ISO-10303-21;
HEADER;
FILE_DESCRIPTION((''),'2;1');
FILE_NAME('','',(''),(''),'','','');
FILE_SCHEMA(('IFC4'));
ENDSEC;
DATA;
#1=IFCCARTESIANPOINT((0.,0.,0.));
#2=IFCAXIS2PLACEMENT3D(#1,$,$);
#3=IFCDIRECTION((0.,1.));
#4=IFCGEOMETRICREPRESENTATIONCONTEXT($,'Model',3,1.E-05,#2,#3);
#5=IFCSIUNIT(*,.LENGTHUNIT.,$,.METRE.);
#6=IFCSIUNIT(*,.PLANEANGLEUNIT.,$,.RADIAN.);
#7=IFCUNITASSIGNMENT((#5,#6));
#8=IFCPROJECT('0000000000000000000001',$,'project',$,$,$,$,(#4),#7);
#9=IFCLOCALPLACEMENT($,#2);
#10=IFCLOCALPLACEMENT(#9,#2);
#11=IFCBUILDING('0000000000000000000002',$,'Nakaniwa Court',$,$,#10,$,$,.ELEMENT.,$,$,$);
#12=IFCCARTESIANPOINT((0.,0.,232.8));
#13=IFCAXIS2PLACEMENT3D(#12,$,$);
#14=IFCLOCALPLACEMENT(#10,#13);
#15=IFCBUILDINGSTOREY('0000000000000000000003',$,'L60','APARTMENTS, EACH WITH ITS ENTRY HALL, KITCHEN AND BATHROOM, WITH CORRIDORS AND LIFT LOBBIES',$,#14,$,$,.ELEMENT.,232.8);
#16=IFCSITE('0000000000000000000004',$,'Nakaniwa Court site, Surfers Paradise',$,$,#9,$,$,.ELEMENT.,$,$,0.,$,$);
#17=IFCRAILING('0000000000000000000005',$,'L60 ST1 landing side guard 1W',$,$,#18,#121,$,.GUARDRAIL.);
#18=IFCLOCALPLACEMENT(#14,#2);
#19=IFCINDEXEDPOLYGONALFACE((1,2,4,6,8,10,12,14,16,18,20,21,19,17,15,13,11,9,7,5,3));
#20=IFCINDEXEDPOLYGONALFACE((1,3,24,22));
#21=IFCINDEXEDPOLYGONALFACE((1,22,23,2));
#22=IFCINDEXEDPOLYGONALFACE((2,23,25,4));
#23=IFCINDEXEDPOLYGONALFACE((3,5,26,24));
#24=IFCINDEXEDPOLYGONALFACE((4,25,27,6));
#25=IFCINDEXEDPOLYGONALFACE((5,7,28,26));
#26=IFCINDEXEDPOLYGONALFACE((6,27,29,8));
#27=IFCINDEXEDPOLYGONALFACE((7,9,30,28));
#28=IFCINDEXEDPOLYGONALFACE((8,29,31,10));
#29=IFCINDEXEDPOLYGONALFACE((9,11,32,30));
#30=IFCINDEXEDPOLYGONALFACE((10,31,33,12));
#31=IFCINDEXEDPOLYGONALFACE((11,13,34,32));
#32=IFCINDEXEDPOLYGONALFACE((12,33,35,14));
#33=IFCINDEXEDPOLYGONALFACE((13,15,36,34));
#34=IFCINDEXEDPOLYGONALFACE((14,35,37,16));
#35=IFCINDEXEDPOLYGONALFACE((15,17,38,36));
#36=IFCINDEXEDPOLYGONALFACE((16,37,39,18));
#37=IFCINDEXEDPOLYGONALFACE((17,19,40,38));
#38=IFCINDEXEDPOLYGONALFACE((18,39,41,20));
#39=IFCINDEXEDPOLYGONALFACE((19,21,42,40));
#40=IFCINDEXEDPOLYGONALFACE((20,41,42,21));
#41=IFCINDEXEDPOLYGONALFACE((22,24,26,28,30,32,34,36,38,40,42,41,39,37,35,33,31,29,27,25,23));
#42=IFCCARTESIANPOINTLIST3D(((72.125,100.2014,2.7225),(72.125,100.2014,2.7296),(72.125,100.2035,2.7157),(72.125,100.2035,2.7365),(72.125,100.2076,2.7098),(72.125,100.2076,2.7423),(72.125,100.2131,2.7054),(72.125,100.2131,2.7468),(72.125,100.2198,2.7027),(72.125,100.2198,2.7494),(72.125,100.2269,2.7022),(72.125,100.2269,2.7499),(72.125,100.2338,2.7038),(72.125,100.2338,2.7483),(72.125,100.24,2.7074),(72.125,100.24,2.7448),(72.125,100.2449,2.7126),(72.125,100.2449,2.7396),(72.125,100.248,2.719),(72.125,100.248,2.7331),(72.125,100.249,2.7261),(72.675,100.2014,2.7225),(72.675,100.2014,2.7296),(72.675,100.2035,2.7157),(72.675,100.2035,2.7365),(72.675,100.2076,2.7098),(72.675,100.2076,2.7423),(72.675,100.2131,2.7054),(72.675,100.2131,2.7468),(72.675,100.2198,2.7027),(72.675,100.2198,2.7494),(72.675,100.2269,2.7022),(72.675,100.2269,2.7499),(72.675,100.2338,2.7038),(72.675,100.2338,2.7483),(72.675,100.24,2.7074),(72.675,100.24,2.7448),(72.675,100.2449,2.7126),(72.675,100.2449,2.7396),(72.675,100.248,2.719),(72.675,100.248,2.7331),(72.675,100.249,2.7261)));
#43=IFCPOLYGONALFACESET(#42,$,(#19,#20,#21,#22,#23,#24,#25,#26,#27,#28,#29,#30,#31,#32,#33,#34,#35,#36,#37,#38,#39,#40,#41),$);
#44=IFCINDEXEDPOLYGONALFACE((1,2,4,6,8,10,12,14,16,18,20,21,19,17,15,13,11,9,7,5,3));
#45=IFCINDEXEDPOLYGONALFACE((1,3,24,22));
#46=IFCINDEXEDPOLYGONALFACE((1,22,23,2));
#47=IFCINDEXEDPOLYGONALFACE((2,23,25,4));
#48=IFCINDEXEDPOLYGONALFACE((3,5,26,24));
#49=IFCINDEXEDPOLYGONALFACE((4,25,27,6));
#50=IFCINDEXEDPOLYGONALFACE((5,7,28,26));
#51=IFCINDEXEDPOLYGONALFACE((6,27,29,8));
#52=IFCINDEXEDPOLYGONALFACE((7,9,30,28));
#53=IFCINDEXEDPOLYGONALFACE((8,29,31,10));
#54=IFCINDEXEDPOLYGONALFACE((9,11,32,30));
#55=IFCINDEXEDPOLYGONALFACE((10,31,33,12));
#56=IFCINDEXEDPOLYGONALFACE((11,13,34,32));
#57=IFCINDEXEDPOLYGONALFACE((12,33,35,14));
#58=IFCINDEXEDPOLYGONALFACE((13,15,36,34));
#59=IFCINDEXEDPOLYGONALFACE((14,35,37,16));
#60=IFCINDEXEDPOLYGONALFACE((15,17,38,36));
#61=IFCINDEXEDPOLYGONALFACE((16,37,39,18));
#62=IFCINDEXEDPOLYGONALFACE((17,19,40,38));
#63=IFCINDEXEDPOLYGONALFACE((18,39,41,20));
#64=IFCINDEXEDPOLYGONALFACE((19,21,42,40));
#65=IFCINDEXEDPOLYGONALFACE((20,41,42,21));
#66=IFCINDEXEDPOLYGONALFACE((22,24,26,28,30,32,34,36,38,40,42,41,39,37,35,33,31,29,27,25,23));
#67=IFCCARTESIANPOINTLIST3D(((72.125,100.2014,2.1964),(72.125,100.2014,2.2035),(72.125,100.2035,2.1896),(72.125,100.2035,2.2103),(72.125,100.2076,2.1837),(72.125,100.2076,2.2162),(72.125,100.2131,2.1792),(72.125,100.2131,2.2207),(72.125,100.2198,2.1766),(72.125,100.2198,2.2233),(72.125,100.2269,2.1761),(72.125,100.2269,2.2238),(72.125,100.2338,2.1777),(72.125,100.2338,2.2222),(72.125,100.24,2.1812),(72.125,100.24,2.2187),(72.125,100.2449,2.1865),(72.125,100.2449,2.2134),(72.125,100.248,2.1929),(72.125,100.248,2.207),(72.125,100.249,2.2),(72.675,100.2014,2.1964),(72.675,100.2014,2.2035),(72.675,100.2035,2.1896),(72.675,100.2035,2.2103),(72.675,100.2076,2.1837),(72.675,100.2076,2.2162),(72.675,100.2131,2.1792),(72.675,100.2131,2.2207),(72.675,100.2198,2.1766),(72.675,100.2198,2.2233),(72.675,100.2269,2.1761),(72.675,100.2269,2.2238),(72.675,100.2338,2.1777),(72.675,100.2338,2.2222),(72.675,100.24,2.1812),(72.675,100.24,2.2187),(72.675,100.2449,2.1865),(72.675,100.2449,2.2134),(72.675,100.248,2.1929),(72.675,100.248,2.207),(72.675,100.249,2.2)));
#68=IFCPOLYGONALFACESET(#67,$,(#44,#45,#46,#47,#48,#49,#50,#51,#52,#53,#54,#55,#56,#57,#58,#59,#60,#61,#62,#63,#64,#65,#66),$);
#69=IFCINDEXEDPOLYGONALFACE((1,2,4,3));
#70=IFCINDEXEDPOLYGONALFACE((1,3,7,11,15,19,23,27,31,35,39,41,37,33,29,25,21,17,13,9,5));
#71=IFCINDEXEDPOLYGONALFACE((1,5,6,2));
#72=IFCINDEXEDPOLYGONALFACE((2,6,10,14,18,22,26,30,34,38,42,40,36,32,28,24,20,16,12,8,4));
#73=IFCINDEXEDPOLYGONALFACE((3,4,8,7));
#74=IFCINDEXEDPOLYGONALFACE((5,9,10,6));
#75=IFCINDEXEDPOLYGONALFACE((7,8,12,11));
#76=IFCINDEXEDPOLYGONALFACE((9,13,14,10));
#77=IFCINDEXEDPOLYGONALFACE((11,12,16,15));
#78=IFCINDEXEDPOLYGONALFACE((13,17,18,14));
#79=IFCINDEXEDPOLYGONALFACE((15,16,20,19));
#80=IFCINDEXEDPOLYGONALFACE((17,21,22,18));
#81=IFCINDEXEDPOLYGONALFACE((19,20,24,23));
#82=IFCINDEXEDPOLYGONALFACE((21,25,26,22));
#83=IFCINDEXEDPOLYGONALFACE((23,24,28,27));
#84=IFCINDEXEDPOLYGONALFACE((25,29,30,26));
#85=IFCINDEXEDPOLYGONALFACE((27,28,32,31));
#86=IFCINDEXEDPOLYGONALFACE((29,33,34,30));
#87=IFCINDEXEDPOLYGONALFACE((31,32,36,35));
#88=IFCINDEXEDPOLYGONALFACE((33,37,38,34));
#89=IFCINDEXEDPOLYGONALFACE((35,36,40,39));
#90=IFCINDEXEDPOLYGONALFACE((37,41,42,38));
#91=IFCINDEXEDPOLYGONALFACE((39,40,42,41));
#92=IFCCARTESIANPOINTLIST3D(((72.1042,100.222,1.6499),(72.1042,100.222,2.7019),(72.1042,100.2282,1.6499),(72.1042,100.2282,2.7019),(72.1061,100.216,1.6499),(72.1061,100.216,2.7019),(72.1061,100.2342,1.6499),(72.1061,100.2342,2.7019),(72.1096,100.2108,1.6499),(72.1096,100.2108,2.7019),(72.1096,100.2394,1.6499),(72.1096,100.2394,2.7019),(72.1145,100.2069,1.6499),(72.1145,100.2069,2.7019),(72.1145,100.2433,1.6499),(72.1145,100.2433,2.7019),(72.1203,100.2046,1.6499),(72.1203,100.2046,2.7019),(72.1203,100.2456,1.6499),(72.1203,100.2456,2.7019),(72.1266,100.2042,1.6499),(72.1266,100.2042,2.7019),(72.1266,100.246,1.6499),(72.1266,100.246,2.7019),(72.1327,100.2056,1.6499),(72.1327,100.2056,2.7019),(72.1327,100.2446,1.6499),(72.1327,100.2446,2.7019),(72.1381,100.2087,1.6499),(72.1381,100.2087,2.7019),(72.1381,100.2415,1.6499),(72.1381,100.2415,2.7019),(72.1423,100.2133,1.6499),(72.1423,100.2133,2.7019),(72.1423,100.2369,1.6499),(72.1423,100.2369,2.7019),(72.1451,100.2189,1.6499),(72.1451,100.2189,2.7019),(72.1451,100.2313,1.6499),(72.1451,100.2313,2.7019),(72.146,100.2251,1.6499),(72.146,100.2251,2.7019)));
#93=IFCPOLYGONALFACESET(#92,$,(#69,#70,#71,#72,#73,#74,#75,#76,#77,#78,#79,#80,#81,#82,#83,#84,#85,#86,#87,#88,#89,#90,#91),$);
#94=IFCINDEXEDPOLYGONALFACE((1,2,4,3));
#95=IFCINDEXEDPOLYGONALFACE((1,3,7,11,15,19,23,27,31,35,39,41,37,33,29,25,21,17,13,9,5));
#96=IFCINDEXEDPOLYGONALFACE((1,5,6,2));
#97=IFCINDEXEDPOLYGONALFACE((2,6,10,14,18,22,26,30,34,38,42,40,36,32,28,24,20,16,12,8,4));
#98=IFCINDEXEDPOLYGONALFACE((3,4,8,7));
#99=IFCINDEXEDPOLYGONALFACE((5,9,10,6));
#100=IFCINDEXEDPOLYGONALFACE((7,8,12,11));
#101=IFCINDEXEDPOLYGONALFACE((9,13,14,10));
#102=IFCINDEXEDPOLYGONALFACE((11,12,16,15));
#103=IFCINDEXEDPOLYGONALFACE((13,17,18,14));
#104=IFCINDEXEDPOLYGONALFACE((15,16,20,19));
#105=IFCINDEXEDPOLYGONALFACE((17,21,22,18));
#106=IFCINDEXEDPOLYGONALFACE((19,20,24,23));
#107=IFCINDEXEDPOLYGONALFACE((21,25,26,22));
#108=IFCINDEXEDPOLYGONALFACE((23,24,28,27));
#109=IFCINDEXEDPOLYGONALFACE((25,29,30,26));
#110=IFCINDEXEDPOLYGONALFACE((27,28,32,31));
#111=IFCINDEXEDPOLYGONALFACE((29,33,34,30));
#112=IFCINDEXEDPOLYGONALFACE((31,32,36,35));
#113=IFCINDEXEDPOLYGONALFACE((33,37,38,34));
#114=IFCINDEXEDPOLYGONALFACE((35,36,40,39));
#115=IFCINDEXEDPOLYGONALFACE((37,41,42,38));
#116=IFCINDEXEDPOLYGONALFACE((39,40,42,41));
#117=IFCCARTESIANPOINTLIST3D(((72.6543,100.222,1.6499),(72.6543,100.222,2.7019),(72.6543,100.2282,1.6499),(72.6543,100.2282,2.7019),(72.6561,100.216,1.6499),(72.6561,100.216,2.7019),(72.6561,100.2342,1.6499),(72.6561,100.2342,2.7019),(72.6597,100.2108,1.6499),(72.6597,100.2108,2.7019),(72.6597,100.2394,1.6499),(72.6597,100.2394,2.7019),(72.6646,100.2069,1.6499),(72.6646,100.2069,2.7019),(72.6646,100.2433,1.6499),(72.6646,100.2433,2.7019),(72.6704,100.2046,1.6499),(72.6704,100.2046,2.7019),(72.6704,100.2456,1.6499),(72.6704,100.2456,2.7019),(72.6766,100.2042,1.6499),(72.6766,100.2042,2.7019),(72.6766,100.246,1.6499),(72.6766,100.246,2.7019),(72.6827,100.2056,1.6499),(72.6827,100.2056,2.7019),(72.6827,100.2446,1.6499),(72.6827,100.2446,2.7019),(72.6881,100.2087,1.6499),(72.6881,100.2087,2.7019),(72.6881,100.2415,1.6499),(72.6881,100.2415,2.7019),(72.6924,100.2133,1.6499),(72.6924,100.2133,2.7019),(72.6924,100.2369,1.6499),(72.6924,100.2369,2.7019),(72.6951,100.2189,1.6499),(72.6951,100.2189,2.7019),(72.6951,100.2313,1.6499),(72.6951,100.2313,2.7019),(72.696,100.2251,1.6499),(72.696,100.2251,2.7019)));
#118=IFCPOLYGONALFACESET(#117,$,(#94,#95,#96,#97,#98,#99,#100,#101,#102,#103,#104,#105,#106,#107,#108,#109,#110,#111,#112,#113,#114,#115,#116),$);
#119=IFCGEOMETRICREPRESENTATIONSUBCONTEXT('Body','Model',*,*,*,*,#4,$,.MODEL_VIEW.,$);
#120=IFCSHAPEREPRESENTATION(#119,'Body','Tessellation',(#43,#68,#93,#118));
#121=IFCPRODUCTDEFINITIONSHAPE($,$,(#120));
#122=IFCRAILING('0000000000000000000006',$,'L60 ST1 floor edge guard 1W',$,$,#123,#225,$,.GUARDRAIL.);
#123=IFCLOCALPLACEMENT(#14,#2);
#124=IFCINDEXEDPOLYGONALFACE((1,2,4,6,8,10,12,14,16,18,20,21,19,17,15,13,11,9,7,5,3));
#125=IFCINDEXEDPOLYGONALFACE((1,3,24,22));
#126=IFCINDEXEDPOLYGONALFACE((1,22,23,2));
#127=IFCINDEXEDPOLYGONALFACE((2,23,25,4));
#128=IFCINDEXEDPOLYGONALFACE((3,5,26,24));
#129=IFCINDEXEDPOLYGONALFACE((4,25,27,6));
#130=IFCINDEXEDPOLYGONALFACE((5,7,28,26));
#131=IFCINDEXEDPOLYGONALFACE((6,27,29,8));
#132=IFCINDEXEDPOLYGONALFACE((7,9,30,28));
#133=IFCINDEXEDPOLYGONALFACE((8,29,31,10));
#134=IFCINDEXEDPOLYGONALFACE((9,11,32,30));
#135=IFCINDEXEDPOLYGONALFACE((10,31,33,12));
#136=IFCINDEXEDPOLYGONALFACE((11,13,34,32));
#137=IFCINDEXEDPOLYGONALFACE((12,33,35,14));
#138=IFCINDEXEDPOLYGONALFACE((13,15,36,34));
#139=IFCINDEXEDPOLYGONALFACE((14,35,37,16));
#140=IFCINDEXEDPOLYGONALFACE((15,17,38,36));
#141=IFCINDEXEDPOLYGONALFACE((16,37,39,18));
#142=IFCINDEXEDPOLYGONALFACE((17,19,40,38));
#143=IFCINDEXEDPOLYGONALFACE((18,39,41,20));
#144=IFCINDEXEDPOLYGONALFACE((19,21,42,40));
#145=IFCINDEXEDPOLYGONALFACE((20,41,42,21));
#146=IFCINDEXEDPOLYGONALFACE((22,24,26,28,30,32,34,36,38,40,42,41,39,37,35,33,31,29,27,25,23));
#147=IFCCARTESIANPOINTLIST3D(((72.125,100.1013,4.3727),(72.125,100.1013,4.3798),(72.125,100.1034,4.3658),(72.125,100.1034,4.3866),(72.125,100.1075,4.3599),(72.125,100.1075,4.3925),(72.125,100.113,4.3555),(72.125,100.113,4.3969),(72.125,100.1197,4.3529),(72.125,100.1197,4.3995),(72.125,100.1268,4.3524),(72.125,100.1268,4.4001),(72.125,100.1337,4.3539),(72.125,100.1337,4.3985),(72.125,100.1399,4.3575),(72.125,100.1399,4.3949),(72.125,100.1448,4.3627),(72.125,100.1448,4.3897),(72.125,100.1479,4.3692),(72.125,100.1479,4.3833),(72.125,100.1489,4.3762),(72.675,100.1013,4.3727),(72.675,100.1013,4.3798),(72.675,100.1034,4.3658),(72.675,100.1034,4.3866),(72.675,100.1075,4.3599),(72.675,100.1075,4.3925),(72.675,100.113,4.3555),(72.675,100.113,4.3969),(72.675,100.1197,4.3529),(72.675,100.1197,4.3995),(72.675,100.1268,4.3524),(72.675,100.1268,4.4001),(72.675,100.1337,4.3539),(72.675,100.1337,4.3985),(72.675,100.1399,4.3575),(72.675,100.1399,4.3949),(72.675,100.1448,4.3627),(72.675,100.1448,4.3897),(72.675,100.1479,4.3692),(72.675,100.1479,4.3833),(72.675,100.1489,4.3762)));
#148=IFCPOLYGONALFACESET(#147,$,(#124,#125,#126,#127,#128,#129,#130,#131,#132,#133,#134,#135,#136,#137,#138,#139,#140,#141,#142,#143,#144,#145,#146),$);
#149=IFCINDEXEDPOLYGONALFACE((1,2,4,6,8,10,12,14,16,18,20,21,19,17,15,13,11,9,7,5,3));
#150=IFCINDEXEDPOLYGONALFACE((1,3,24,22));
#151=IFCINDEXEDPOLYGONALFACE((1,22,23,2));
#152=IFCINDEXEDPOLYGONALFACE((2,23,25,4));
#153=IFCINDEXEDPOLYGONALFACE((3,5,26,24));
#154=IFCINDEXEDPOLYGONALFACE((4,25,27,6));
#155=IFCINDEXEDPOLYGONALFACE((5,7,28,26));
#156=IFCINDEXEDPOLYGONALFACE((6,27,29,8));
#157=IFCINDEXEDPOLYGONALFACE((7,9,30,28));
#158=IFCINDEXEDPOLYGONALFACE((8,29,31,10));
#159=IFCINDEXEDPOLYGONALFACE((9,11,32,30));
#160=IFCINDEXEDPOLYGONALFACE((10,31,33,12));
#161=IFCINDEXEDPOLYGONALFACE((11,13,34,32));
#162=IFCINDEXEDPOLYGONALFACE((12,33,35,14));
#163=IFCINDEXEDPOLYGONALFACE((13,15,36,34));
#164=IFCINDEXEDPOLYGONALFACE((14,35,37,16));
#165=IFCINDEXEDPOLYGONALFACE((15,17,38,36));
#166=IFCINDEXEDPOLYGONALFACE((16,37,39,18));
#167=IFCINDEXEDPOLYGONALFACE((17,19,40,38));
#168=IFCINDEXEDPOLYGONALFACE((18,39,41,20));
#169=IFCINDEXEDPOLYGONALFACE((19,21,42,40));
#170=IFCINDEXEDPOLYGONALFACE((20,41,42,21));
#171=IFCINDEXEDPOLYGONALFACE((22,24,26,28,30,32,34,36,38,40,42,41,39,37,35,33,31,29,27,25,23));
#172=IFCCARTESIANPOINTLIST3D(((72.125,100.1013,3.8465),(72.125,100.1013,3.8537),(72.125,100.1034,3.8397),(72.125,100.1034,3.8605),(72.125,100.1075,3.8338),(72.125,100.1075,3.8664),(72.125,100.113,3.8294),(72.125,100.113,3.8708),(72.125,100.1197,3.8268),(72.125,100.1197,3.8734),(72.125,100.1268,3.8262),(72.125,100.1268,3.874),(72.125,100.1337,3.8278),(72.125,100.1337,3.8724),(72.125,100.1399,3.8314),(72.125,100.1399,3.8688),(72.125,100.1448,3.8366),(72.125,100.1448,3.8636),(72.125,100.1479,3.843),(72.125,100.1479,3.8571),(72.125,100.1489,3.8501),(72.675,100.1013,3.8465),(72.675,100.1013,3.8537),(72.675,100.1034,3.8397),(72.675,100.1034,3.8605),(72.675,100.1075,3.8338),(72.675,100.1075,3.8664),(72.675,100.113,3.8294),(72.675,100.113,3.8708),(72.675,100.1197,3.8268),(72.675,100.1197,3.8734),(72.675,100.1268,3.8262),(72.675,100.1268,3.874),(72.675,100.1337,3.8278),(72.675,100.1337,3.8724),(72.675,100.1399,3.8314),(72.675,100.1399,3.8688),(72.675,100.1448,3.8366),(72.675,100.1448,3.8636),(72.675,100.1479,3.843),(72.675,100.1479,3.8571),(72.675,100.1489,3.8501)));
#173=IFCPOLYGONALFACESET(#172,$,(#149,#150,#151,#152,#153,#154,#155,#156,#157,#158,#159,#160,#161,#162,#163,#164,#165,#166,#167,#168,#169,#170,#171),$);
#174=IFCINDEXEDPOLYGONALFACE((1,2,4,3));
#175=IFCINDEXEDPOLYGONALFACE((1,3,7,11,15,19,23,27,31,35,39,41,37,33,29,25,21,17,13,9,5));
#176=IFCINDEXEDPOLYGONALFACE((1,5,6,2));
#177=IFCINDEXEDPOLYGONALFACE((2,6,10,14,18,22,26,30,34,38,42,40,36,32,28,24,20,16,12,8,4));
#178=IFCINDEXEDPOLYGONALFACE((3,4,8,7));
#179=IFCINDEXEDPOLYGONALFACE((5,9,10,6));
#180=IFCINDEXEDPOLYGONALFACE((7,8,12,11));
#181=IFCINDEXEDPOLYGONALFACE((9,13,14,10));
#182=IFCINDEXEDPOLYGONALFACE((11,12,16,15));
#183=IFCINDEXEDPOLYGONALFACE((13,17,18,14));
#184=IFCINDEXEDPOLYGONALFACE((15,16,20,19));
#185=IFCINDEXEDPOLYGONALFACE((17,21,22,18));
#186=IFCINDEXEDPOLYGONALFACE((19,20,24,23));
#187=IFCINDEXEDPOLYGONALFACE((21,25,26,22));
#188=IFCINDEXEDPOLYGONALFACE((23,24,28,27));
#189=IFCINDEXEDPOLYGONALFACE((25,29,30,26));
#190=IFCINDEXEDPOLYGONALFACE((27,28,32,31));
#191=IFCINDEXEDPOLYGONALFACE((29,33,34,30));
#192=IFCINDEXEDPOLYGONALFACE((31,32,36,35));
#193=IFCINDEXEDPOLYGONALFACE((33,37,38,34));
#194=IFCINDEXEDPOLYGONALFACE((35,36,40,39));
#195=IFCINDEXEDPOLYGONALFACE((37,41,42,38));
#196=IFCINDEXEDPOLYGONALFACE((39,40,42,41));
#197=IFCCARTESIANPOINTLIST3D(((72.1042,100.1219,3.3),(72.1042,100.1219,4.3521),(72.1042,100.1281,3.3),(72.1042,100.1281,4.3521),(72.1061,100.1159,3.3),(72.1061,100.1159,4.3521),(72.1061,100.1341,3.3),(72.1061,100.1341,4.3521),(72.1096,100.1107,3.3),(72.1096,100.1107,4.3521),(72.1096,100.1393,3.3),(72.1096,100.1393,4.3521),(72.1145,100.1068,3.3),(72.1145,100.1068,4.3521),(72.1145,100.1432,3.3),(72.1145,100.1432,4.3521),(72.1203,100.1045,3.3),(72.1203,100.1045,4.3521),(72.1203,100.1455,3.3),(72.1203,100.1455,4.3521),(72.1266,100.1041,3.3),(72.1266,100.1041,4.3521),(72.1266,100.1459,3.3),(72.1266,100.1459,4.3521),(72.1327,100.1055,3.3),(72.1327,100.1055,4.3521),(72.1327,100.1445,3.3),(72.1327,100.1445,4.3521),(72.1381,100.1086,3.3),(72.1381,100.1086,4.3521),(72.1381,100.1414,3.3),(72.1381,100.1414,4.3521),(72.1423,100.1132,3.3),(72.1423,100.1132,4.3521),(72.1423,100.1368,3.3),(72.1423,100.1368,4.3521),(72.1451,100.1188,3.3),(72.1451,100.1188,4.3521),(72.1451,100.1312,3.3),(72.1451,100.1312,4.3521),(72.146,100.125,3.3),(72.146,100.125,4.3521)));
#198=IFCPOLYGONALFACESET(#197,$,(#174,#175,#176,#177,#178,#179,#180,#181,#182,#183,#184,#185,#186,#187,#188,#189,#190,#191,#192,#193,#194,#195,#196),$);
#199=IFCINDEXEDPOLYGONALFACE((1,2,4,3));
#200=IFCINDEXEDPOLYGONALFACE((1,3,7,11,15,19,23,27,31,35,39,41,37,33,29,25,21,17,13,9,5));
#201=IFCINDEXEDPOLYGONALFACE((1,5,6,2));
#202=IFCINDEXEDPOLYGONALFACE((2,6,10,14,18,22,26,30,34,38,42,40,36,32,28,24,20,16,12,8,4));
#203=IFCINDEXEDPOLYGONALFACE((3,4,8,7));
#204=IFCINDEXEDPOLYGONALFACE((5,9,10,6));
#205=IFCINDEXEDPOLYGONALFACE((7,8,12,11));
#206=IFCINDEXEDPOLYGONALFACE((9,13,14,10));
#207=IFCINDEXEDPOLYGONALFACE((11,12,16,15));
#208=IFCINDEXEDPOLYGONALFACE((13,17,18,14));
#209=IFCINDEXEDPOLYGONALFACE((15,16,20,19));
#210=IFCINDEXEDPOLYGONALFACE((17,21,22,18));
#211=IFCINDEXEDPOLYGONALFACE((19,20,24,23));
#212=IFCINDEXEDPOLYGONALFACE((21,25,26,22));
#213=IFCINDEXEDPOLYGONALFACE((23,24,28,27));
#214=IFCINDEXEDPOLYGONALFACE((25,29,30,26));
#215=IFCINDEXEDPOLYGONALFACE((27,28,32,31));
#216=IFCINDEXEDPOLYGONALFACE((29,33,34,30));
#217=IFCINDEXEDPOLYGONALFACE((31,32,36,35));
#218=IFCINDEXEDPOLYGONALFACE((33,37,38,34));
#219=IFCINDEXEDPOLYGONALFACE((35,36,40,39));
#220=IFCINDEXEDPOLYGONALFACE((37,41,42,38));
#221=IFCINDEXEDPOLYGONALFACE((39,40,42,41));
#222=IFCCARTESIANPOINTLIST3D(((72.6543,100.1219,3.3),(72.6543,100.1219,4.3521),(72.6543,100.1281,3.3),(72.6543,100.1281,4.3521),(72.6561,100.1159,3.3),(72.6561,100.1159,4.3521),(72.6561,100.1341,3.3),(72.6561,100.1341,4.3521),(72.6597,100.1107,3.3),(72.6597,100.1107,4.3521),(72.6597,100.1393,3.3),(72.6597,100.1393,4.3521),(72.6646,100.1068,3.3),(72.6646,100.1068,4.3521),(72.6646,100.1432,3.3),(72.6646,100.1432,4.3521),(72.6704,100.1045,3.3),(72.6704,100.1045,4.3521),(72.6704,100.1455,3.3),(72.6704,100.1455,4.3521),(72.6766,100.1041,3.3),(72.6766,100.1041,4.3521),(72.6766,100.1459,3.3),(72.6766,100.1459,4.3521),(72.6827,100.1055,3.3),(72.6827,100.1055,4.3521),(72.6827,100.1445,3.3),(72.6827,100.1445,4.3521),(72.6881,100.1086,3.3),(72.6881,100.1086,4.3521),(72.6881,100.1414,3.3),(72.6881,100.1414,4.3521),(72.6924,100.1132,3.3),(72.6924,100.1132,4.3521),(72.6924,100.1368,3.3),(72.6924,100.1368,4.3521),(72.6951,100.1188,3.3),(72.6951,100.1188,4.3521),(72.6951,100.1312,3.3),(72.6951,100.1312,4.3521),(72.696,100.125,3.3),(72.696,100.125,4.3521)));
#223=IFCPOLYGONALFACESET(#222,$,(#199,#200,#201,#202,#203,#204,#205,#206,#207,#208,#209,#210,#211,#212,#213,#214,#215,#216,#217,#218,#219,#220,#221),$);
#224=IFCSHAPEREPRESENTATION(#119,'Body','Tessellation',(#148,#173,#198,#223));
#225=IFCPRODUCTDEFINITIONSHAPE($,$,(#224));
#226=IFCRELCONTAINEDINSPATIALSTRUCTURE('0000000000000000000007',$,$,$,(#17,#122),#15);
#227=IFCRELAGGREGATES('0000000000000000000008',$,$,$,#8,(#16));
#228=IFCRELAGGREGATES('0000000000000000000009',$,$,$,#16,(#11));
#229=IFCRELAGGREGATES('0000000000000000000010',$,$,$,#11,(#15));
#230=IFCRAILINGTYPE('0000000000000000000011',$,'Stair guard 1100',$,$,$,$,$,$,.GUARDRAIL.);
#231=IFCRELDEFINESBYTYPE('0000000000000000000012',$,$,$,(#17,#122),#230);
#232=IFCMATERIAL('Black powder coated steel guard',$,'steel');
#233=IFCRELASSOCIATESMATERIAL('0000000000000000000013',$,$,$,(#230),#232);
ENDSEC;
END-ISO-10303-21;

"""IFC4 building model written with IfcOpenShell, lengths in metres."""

from ifc_helpers import new_model, si_unit, direction, frame, origin, origin_2d, place, context, subcontext, project, spatial, circle, extrude, material, type_object, element, save


model = new_model("IFC4")

# Units and contexts
model_context = context("Model", 3, precision=1e-05, world=origin(), true_north=direction((0.0, 1.0)))
body_context = subcontext(model_context, "Body", "Model", "MODEL_VIEW")
ifc_project = project(units=[si_unit("LENGTHUNIT", "METRE"), si_unit("PLANEANGLEUNIT", "RADIAN")], contexts=[model_context])

# Site, building, storey
site_placement = place(None, origin())
site = spatial("IfcSite", under=ifc_project, at=site_placement, Name="Nakaniwa Court site, Surfers Paradise", CompositionType="ELEMENT", RefElevation=0.0)
building_placement = place(site_placement, origin())
building = spatial("IfcBuilding", under=site, at=building_placement, Name="Nakaniwa Court", CompositionType="ELEMENT")
storey_placement = place(building_placement, frame((0.0, 0.0, 232.8)))
storey = spatial("IfcBuildingStorey", under=building, at=storey_placement, Name="L60", Description="APARTMENTS, EACH WITH ITS ENTRY HALL, KITCHEN AND BATHROOM, WITH CORRIDORS AND LIFT LOBBIES", CompositionType="ELEMENT", Elevation=232.8)

# Railings
ifc_material_1 = material(Name="Black powder coated steel guard", Category="steel")
railing_type_1 = type_object("IfcRailingType", Name="Stair guard 1100", PredefinedType="GUARDRAIL", material=ifc_material_1)
for number, where, name in (
    (1, (72.125, 100.2251, 1.6499), "L60 ST1 landing side guard 1W"),
    (2, (72.125, 100.125, 3.3), "L60 ST1 floor edge guard 1W"),
):
    element("IfcRailing", number, at=place(storey_placement, frame(where)), inside=storey, type_object=railing_type_1, Name=name, PredefinedType="GUARDRAIL", context=body_context, shape_type="SweptSolid", body=[
        extrude(circle(Radius=0.0239, at=origin_2d()), frame((0.0, 0.0, 1.0762), z_axis=(1.0, 0.0, 0.0), x_axis=(0.0, 1.0, 0.0)), (0.0, 0.0, 1.0), 0.55),
        extrude(circle(Radius=0.0239, at=origin_2d()), frame((0.0, 0.0, 0.55), z_axis=(1.0, 0.0, 0.0), x_axis=(0.0, 1.0, 0.0)), (0.0, 0.0, 1.0), 0.55),
        extrude(circle(Radius=0.021, at=origin_2d()), origin(), (0.0, 0.0, 1.0), 1.052),
        extrude(circle(Radius=0.021, at=origin_2d()), frame((0.55, 0.0, 0.0)), (0.0, 0.0, 1.0), 1.052),
    ])

save(model, "model.ifc")
